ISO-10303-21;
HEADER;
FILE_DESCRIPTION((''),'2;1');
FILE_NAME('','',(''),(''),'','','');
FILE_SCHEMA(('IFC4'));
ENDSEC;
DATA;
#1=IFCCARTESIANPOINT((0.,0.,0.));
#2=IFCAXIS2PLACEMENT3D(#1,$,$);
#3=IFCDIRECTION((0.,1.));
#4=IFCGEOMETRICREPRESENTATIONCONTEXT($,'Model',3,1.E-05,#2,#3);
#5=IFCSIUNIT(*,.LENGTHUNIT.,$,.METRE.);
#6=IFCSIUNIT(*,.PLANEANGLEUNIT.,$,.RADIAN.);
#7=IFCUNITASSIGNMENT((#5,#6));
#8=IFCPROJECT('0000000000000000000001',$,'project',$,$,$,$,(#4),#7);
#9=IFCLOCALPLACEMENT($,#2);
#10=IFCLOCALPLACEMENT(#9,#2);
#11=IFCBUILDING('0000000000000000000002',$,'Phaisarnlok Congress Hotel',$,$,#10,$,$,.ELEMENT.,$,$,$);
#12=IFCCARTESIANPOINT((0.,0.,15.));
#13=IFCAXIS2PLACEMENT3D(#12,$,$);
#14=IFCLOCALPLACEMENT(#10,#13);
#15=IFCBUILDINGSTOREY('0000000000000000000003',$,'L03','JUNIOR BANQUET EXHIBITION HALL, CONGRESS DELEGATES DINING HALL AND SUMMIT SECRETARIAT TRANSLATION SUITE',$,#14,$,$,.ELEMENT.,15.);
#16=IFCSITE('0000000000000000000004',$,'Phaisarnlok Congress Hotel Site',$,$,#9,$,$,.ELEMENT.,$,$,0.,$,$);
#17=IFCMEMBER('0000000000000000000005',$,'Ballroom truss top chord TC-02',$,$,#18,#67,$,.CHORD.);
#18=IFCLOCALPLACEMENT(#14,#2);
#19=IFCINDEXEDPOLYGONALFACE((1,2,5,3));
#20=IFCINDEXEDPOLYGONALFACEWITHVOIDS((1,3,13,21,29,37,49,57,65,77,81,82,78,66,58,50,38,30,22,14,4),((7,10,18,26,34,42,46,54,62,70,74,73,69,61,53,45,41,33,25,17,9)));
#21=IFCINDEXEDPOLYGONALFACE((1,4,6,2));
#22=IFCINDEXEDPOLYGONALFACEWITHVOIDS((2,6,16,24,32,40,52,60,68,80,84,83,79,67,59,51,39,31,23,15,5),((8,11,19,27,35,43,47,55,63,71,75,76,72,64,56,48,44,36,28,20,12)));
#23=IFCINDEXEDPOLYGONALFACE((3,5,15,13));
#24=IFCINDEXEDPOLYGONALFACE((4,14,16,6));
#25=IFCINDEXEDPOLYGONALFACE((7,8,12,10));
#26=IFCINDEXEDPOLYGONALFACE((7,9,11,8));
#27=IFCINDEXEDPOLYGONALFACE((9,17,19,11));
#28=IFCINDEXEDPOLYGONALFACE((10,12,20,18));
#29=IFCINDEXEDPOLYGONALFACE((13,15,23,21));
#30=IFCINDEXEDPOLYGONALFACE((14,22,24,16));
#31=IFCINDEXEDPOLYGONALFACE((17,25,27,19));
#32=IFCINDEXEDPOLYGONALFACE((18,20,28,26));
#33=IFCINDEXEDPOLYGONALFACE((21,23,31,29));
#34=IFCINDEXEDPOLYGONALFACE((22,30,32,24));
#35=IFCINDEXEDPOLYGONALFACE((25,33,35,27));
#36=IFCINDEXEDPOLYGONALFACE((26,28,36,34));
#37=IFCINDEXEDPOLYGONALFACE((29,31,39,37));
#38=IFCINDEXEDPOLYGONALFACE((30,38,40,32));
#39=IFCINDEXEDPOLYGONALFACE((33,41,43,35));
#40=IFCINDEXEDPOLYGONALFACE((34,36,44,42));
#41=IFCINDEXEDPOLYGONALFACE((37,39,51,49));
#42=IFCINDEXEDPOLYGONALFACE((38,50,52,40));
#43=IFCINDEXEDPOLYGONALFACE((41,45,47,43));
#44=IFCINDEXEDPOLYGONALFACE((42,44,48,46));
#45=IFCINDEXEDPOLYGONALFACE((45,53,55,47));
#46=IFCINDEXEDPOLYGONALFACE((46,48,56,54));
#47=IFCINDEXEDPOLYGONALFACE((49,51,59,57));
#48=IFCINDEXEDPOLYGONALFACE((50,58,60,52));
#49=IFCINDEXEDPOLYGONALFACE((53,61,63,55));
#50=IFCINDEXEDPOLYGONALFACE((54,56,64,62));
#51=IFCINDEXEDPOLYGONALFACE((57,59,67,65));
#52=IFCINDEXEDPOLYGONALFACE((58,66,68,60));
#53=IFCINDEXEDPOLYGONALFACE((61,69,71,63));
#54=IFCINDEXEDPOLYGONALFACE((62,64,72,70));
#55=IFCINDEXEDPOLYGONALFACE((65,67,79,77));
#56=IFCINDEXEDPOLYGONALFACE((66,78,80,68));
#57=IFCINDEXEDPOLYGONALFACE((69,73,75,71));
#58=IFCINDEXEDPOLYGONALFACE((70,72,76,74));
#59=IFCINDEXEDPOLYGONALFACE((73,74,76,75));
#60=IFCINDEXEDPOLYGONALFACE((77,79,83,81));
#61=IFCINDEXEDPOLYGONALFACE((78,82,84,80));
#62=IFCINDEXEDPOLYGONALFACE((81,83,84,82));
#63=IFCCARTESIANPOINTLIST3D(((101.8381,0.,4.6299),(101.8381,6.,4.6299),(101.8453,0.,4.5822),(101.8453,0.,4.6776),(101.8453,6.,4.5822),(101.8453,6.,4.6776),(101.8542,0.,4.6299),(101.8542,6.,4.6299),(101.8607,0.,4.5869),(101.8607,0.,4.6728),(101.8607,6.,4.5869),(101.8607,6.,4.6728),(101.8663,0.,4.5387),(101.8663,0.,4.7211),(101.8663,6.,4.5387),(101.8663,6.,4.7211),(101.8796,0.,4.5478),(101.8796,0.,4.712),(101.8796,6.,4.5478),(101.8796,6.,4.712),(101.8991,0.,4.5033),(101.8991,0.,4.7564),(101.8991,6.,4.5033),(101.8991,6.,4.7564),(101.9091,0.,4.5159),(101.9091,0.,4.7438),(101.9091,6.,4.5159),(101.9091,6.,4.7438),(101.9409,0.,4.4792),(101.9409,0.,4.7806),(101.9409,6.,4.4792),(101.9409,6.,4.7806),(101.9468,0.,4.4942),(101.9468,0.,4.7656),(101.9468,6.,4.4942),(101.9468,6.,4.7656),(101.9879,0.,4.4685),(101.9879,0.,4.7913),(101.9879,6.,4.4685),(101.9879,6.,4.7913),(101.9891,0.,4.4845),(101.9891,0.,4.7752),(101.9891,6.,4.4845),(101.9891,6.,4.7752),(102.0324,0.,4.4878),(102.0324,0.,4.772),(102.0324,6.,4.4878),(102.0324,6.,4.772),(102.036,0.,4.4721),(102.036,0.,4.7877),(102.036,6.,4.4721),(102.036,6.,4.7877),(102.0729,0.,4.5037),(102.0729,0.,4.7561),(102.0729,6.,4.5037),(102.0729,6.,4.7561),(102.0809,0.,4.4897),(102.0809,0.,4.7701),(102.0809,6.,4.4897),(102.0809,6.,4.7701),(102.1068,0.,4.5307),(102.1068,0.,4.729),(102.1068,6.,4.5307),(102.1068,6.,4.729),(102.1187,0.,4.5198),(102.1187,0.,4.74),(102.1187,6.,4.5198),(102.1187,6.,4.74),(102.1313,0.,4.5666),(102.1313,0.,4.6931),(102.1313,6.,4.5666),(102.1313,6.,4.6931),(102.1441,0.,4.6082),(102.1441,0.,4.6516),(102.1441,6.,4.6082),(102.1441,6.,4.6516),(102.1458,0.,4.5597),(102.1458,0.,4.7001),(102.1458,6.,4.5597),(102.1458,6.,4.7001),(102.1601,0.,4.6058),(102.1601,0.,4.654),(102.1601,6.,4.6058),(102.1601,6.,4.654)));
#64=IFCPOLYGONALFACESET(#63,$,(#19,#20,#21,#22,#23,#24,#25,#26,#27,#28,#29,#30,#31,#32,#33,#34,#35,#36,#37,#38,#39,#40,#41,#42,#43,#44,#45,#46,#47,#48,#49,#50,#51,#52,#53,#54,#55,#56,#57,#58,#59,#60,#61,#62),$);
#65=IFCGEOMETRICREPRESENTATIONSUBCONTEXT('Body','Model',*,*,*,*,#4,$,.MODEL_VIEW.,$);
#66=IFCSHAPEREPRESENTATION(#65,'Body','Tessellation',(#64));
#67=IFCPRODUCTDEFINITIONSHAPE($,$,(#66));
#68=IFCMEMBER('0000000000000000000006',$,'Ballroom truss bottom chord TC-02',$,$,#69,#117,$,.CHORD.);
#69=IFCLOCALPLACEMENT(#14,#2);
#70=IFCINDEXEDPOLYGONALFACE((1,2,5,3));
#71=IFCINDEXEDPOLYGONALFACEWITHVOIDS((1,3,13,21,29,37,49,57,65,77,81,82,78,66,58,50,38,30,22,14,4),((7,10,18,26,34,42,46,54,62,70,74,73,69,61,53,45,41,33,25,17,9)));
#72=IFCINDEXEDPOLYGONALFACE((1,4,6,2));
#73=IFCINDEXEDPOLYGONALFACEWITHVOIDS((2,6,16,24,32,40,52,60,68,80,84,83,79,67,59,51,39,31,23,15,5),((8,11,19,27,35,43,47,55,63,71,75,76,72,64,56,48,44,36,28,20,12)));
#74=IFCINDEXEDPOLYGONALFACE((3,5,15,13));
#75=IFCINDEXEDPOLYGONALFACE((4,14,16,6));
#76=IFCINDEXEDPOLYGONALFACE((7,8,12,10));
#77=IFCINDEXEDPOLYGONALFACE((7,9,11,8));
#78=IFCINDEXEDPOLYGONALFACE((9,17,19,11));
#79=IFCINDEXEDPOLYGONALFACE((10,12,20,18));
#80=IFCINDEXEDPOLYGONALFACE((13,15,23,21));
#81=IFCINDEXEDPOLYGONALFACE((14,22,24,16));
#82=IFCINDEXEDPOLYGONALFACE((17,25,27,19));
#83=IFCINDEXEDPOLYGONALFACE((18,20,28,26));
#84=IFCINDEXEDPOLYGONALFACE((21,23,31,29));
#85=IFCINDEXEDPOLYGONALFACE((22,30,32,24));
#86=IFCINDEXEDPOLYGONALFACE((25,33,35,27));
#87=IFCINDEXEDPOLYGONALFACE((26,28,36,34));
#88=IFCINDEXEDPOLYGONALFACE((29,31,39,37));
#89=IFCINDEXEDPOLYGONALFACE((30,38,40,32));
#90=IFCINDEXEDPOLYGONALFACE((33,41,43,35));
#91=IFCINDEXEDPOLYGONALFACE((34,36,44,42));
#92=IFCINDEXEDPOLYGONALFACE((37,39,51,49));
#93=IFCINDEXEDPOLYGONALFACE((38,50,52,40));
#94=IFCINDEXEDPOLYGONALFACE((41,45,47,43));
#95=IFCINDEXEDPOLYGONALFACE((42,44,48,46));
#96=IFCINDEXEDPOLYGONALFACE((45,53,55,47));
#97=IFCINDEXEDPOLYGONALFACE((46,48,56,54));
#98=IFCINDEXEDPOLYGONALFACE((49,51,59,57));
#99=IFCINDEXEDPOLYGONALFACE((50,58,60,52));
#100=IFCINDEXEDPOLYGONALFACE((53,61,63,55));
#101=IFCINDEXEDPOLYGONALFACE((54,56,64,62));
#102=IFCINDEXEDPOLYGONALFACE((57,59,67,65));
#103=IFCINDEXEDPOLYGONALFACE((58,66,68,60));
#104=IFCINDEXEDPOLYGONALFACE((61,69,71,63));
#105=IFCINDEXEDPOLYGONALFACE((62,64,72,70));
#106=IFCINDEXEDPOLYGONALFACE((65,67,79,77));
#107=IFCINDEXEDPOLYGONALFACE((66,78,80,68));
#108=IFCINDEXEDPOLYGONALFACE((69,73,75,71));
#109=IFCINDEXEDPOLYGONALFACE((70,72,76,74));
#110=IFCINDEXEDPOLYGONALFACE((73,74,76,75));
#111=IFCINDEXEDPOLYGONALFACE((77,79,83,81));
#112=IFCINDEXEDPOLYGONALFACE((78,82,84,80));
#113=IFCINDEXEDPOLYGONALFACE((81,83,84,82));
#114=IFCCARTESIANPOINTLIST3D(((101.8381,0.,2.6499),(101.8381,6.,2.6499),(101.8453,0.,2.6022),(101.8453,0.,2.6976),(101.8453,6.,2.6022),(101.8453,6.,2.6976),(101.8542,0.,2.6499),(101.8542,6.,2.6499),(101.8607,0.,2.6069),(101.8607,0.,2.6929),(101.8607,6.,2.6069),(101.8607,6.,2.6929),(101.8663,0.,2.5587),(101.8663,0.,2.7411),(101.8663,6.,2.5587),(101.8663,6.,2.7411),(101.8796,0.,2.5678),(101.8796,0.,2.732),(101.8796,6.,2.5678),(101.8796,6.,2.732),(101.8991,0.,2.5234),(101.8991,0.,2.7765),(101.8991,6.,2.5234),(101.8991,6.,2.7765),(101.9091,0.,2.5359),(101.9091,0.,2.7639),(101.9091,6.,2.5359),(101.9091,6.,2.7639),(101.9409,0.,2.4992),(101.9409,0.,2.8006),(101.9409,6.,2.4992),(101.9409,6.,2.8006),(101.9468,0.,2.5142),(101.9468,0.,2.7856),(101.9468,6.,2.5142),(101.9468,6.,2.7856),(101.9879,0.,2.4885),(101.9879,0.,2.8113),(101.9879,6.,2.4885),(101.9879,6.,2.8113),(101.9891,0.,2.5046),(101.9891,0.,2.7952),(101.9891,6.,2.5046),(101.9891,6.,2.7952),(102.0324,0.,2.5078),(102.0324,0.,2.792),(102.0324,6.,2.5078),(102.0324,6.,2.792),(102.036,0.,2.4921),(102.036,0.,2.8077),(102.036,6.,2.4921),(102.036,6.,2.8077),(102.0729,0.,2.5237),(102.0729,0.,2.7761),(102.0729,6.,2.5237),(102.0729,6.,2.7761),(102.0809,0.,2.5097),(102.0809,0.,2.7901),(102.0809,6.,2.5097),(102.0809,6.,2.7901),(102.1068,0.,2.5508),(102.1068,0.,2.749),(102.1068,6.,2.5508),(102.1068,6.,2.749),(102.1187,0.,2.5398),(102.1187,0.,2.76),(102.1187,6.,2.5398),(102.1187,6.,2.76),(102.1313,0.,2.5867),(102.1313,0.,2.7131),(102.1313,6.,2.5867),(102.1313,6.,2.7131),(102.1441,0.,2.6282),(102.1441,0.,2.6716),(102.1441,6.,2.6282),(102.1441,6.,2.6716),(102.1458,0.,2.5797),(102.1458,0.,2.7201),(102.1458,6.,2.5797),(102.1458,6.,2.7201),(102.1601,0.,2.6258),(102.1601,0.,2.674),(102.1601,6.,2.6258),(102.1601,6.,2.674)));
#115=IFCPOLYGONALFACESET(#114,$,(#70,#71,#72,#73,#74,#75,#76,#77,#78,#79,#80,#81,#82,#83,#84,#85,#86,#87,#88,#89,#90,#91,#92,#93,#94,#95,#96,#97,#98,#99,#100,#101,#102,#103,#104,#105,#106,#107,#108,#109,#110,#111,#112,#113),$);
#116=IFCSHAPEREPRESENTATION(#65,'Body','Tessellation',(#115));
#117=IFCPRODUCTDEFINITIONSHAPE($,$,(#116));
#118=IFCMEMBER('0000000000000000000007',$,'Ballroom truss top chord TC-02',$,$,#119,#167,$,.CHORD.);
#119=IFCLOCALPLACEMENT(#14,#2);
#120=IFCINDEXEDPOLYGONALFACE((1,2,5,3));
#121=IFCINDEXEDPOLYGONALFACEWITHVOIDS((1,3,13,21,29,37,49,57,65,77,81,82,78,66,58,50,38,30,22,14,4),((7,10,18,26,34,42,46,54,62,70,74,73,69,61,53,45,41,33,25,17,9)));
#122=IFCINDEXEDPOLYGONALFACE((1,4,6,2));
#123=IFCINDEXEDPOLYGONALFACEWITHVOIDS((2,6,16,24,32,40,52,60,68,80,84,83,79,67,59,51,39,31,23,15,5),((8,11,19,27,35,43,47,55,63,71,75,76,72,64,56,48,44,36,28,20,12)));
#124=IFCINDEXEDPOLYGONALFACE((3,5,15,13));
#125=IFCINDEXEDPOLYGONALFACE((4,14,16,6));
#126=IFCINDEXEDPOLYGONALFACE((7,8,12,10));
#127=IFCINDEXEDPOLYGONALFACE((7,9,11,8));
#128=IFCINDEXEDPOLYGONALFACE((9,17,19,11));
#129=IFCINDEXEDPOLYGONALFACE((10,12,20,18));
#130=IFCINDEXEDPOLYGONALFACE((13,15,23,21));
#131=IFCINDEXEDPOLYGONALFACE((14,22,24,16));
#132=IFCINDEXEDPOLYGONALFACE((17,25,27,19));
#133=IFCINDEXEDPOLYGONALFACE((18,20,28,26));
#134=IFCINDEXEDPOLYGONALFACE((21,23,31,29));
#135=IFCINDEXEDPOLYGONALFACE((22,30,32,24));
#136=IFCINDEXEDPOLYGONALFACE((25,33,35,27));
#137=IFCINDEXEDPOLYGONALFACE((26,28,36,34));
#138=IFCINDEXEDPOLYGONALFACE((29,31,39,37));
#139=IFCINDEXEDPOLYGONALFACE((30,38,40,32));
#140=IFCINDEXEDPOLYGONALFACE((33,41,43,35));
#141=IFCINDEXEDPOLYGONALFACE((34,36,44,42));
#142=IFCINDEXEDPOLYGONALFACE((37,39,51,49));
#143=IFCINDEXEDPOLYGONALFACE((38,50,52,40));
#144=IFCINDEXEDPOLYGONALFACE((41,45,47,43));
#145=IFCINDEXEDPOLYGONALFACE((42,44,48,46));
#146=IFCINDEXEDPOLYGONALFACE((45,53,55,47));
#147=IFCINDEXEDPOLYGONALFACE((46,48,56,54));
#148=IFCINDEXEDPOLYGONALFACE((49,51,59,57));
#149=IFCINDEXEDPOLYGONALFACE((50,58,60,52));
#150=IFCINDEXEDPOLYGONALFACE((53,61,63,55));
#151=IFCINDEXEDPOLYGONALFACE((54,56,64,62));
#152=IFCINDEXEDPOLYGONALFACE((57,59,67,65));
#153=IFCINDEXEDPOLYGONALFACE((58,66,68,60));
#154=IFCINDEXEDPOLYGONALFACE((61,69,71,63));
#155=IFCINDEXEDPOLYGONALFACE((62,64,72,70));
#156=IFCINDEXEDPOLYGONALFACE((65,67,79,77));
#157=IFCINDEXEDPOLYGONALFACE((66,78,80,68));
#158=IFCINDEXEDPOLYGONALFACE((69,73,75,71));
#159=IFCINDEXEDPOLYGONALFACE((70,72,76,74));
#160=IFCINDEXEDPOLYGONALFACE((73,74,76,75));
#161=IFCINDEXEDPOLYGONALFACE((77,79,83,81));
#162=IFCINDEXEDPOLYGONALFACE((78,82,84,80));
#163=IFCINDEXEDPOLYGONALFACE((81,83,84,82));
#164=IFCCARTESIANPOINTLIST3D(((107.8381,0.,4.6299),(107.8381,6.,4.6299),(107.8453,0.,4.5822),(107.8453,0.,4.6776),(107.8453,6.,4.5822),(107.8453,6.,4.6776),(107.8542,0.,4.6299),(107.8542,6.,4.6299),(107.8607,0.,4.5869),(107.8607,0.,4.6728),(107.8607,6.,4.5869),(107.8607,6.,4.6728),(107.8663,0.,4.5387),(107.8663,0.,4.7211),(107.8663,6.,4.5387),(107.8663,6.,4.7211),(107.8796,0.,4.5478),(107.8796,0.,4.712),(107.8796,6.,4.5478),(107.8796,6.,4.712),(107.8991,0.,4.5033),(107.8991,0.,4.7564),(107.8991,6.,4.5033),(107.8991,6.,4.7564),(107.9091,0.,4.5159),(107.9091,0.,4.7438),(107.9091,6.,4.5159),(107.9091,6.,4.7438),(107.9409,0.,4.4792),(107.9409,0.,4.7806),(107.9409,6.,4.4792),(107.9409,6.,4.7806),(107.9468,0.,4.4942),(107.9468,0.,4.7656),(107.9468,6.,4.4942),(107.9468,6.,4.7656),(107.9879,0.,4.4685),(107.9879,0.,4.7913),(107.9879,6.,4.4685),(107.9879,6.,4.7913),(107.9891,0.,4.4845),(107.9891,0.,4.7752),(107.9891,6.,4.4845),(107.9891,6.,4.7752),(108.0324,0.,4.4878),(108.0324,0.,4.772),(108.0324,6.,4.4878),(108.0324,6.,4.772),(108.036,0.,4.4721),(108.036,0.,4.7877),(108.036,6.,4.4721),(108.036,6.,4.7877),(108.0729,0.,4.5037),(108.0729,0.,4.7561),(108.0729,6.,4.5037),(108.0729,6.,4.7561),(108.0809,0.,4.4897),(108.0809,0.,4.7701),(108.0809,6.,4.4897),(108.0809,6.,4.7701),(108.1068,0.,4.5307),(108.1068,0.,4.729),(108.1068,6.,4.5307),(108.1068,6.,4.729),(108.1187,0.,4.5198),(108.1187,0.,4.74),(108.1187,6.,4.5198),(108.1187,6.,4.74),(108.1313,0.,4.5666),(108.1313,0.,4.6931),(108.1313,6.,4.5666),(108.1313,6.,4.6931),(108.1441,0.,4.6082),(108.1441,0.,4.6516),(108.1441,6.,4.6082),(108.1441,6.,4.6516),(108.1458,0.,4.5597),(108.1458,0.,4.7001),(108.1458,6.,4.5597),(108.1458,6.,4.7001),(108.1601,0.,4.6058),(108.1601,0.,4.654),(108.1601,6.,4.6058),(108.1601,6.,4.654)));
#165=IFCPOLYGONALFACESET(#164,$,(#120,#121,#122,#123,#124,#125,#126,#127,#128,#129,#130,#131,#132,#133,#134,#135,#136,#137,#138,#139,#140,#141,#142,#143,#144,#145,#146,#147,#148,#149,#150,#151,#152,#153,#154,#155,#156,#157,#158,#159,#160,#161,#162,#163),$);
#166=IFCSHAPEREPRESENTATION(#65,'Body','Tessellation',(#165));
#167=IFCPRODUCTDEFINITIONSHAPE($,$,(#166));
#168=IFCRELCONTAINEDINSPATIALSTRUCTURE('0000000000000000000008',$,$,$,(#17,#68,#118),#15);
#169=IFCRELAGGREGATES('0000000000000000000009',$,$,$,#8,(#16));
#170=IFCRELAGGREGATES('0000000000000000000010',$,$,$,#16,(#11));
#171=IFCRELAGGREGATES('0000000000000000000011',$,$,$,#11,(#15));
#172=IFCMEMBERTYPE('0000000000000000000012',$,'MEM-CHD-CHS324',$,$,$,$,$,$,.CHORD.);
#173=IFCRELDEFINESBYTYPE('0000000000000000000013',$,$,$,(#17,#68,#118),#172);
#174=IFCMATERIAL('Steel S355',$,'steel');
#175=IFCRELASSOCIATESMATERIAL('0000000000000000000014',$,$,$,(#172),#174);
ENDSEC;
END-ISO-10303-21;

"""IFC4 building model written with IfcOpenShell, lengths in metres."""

from ifc_helpers import new_model, si_unit, direction, frame, origin, origin_2d, place, context, subcontext, project, spatial, hollow_circle, extrude, material, material_profile, profile_set, type_object, element, save


model = new_model("IFC4")

# Units and contexts
model_context = context("Model", 3, precision=1e-05, world=origin(), true_north=direction((0.0, 1.0)))
body_context = subcontext(model_context, "Body", "Model", "MODEL_VIEW")
ifc_project = project(units=[si_unit("LENGTHUNIT", "METRE"), si_unit("PLANEANGLEUNIT", "RADIAN")], contexts=[model_context])

# Site, building, storey
site_placement = place(None, origin())
site = spatial("IfcSite", under=ifc_project, at=site_placement, Name="Phaisarnlok Congress Hotel Site", CompositionType="ELEMENT", RefElevation=0.0)
building_placement = place(site_placement, origin())
building = spatial("IfcBuilding", under=site, at=building_placement, Name="Phaisarnlok Congress Hotel", CompositionType="ELEMENT")
storey_placement = place(building_placement, frame((0.0, 0.0, 15.0)))
storey = spatial("IfcBuildingStorey", under=building, at=storey_placement, Name="L03", Description="JUNIOR BANQUET EXHIBITION HALL, CONGRESS DELEGATES DINING HALL AND SUMMIT SECRETARIAT TRANSLATION SUITE", CompositionType="ELEMENT", Elevation=15.0)

# Shared definitions
ifc_material_1 = material(Name="Steel S355", Category="steel")

# Members
ifc_material_profile_1 = material_profile(ifc_material_1, hollow_circle(Radius=0.1619, WallThickness=0.0161, at=origin_2d()), Name="CHS 323.9x16")
ifc_profile_set_1 = profile_set([ifc_material_profile_1], Name="Steel S355")
member_type_1 = type_object("IfcMemberType", Name="MEM-CHD-CHS324", PredefinedType="CHORD", material=ifc_profile_set_1)
for number, where, z_axis, x_axis, name in (
    (1, (102.0, 0.0, 4.6299), (0.0, 1.0, 0.0), (-1.0, 0.0, 0.0), "Ballroom truss top chord TC-02"),
    (2, (102.0, 0.0, 2.6499), (0.0, 1.0, 0.0), (-1.0, 0.0, 0.0), "Ballroom truss bottom chord TC-02"),
    (3, (108.0, 0.0, 4.6299), (0.0, 1.0, 0.0), (-1.0, 0.0, 0.0), "Ballroom truss top chord TC-02"),
):
    element("IfcMember", number, at=place(storey_placement, frame(where, z_axis=z_axis, x_axis=x_axis)), inside=storey, type_object=member_type_1, Name=name, PredefinedType="CHORD", context=body_context, shape_type="SweptSolid", body=[
        extrude(hollow_circle(Radius=0.1619, WallThickness=0.0161, at=origin_2d()), origin(), (0.0, 0.0, 1.0), 6.0),
    ])

save(model, "model.ifc")
